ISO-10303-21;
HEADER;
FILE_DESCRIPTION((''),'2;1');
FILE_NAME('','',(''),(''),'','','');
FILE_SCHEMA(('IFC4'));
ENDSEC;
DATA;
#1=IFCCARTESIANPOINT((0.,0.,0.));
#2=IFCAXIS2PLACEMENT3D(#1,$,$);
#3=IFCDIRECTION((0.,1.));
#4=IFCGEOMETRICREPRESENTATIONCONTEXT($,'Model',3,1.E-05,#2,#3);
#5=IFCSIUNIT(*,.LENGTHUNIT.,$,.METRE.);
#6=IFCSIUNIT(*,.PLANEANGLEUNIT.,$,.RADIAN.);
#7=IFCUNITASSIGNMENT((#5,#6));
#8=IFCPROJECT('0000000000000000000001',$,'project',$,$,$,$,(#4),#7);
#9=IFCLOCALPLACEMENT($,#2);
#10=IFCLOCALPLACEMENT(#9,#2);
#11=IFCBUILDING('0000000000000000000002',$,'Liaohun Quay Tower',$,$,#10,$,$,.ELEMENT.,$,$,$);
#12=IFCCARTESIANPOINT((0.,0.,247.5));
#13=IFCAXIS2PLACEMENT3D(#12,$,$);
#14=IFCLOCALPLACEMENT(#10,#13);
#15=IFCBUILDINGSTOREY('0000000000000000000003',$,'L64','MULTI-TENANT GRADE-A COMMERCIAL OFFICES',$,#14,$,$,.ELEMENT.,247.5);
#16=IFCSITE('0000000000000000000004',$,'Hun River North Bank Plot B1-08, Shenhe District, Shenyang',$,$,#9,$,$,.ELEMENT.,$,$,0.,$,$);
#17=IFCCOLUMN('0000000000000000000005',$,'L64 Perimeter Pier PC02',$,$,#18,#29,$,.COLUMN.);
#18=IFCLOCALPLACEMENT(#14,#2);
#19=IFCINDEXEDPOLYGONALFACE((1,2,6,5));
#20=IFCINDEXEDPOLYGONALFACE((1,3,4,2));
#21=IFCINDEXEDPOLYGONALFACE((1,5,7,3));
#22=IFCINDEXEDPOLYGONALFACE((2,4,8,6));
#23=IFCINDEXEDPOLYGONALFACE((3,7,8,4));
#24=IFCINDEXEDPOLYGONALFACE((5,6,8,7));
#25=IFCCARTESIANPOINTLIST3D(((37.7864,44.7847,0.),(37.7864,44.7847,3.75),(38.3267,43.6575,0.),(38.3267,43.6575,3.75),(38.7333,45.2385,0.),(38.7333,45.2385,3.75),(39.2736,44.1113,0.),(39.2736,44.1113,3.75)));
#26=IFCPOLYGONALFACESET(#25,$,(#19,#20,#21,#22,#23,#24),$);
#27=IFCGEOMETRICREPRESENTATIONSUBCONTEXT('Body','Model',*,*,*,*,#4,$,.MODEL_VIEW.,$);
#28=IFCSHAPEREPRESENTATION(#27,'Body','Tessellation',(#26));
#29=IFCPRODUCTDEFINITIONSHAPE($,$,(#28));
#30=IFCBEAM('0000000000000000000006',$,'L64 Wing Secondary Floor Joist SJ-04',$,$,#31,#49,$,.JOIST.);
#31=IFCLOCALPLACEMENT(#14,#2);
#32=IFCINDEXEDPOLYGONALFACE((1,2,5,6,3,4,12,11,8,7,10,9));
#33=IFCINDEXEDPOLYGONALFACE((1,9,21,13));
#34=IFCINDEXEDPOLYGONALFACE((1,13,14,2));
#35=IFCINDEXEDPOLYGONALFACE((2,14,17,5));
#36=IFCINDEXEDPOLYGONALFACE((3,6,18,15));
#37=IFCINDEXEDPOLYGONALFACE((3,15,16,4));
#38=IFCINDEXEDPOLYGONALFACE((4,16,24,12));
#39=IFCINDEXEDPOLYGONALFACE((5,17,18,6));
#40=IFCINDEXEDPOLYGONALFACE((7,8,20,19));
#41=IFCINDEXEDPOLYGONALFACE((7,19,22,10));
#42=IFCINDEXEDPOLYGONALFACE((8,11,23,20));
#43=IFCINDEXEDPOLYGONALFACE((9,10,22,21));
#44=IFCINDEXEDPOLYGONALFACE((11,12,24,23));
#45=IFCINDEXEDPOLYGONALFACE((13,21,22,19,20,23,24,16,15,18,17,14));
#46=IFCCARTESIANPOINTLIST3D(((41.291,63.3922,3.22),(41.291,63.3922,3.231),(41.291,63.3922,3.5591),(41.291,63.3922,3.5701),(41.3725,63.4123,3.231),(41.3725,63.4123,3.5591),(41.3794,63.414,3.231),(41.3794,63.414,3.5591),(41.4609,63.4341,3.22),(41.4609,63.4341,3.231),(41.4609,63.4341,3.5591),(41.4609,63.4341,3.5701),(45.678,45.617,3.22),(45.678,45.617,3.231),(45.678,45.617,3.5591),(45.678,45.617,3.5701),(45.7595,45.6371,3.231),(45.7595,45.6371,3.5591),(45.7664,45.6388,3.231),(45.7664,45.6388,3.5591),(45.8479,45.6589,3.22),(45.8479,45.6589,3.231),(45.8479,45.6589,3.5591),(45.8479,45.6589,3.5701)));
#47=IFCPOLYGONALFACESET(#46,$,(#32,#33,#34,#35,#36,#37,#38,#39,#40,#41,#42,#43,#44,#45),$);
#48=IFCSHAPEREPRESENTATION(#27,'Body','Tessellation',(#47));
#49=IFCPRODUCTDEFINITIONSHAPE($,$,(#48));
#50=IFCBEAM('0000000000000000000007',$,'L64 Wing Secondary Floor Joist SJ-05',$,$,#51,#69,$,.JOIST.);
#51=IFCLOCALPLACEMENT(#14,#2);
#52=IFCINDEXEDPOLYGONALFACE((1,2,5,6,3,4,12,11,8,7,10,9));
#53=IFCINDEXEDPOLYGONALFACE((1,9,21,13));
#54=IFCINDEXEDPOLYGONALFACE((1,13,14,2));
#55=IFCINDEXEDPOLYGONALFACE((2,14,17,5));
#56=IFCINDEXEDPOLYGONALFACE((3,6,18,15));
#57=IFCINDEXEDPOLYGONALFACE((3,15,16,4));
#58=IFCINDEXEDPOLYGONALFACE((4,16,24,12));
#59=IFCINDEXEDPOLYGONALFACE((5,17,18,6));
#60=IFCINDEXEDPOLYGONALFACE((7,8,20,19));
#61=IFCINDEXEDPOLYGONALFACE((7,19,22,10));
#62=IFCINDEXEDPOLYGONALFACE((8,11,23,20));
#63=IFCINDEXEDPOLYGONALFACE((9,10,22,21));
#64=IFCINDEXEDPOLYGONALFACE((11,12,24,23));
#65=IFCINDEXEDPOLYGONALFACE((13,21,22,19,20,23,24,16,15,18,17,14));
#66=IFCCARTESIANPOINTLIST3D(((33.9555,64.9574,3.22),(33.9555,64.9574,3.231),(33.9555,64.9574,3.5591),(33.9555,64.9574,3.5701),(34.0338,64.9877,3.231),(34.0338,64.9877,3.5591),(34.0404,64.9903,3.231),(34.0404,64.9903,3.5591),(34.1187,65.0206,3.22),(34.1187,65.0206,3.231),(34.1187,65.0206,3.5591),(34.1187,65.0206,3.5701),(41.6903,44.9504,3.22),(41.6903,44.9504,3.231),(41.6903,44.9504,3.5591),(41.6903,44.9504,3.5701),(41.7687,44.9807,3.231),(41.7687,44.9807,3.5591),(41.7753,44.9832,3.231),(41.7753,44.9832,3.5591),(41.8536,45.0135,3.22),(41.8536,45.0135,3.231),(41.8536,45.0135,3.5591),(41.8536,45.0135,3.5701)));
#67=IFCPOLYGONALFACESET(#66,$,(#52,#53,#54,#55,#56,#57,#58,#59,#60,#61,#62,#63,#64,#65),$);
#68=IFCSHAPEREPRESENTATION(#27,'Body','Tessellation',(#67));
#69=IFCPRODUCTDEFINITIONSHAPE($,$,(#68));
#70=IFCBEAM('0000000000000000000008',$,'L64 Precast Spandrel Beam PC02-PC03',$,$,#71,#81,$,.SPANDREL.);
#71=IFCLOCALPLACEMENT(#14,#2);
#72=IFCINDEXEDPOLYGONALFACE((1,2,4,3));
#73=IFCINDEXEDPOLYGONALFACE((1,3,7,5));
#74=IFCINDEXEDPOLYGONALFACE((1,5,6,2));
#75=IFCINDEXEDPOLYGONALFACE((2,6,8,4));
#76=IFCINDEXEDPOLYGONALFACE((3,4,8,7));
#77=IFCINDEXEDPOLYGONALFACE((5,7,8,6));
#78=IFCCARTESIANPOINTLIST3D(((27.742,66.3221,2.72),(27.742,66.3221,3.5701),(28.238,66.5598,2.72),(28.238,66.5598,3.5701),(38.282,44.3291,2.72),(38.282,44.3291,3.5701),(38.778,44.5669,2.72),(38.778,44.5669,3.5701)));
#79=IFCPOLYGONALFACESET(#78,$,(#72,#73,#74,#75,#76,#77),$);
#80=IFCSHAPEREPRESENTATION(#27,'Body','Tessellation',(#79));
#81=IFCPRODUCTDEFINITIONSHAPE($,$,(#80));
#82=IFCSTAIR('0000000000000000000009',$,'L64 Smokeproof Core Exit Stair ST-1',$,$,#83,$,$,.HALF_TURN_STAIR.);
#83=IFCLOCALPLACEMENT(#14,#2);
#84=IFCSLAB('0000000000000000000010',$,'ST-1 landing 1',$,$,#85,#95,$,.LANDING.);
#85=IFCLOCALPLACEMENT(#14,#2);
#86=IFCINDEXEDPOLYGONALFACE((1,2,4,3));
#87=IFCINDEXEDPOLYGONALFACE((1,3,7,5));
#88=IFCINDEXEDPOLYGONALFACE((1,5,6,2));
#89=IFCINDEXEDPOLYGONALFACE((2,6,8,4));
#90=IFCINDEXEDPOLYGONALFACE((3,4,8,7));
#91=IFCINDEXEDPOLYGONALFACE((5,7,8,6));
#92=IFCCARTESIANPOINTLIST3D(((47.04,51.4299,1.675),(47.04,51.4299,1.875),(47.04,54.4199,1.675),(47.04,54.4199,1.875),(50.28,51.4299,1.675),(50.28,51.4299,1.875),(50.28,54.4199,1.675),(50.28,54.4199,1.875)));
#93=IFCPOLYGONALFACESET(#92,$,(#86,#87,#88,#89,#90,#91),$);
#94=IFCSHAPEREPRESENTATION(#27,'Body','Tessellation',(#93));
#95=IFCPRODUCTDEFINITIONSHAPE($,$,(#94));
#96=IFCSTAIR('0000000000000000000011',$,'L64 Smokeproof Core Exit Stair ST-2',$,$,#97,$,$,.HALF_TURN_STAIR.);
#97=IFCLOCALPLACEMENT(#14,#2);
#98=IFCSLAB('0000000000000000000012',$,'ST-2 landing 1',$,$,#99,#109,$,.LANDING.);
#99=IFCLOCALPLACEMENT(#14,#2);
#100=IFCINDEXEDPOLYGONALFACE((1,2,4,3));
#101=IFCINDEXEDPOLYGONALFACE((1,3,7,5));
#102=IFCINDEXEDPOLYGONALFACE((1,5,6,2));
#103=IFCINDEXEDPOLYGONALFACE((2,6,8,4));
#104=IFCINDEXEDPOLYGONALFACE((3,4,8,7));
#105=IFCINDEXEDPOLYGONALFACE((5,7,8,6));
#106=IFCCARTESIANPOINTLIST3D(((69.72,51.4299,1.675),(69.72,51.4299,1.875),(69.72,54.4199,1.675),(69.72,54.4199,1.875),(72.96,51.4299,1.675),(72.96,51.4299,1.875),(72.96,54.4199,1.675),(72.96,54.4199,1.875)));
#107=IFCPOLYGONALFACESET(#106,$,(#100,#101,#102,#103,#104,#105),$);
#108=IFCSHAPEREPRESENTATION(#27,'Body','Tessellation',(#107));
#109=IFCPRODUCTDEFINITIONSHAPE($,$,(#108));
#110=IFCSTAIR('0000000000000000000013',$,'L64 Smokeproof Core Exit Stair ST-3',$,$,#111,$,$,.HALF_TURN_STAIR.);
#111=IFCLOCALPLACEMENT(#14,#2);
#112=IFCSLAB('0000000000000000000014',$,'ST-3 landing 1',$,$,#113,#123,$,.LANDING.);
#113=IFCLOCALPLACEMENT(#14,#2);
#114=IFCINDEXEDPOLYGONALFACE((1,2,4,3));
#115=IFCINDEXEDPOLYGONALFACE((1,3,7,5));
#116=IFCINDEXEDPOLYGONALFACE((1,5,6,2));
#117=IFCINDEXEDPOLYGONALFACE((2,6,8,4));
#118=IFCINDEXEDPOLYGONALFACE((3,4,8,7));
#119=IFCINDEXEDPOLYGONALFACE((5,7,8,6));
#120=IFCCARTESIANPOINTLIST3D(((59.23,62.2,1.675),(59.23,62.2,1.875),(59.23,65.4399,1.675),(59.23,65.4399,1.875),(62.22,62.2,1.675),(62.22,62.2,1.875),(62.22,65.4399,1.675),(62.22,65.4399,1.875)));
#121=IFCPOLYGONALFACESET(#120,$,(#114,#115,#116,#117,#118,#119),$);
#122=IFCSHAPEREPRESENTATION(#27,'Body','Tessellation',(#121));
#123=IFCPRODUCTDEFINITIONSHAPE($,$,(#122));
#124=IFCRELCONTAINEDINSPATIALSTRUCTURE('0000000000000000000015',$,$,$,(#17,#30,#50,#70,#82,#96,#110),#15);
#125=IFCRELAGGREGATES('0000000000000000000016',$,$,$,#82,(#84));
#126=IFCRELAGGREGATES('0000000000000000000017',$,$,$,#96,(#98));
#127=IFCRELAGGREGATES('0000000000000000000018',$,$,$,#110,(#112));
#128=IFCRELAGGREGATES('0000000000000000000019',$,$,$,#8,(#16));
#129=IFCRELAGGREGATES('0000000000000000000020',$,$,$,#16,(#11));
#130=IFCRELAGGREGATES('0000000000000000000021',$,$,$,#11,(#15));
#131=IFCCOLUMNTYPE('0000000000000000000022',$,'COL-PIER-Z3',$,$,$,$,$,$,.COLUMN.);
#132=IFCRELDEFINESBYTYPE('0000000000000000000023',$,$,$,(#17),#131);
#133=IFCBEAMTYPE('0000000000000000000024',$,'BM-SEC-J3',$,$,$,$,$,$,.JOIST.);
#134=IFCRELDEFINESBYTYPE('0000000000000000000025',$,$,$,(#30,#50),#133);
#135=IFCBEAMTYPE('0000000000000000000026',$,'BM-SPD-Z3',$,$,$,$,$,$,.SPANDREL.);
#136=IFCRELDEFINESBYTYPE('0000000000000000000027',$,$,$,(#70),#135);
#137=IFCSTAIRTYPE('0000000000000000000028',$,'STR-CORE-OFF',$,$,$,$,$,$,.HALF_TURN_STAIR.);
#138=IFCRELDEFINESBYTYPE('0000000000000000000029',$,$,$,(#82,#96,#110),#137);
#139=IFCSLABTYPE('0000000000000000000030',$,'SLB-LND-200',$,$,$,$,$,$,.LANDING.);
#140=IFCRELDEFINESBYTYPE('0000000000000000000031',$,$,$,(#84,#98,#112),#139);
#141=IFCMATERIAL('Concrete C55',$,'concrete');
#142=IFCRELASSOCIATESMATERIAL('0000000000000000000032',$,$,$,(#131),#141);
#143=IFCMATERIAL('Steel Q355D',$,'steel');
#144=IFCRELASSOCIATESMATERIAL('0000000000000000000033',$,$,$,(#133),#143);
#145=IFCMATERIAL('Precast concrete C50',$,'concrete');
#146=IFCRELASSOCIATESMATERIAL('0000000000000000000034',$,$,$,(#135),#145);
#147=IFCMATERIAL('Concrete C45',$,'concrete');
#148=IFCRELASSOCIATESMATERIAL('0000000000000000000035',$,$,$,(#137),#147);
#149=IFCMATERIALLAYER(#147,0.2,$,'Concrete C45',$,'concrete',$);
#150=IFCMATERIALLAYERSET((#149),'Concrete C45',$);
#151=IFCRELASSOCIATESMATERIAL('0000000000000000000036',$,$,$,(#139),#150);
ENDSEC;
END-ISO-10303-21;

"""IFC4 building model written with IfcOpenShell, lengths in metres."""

from ifc_helpers import new_model, si_unit, direction, frame, origin, origin_2d, place, context, subcontext, project, spatial, polyline, rectangle, i_section, outline, extrude, source, transform, mapped, material, layer, layer_set, material_profile, profile_set, type_object, element, aggregate, save


model = new_model("IFC4")

# Units and contexts
model_context = context("Model", 3, precision=1e-05, world=origin(), true_north=direction((0.0, 1.0)))
body_context = subcontext(model_context, "Body", "Model", "MODEL_VIEW")
ifc_project = project(units=[si_unit("LENGTHUNIT", "METRE"), si_unit("PLANEANGLEUNIT", "RADIAN")], contexts=[model_context])

# Site, building, storey
site_placement = place(None, origin())
site = spatial("IfcSite", under=ifc_project, at=site_placement, Name="Hun River North Bank Plot B1-08, Shenhe District, Shenyang", CompositionType="ELEMENT", RefElevation=0.0)
building_placement = place(site_placement, origin())
building = spatial("IfcBuilding", under=site, at=building_placement, Name="Liaohun Quay Tower", CompositionType="ELEMENT")
storey_placement = place(building_placement, frame((0.0, 0.0, 247.5)))
storey = spatial("IfcBuildingStorey", under=building, at=storey_placement, Name="L64", Description="MULTI-TENANT GRADE-A COMMERCIAL OFFICES", CompositionType="ELEMENT", Elevation=247.5)

# Column
ifc_material_1 = material(Name="Concrete C55", Category="concrete")
ifc_material_profile_1 = material_profile(ifc_material_1, rectangle(XDim=1.25, YDim=1.05, at=origin_2d()), Name="RC1250x1050")
ifc_profile_set_1 = profile_set([ifc_material_profile_1], Name="Concrete C55")
column_type = type_object("IfcColumnType", Name="COL-PIER-Z3", PredefinedType="COLUMN", material=ifc_profile_set_1)
shared_shape_1 = source(origin(), body_context, "Body", "SweptSolid", [
    extrude(rectangle(XDim=1.25, YDim=1.05, at=origin_2d()), origin(), (0.0, 0.0, 1.0), 3.75),
])
column_placement = place(storey_placement, frame((38.53, 44.448, 0.0), z_axis=(0.0, 0.0, 1.0), x_axis=(-0.432243, 0.901757, 0.0)))
element("IfcColumn", 1, at=column_placement, inside=storey, type_object=column_type, Name="L64 Perimeter Pier PC02", PredefinedType="COLUMN", context=body_context, shape_type="MappedRepresentation", body=[
    mapped(shared_shape_1, transform((0.0, 0.0, 0.0), x_axis=(1.0, 0.0, 0.0), y_axis=(0.0, 1.0, 0.0), z_axis=(0.0, 0.0, 1.0), scale=1.0)),
])

# Beams
ifc_material_2 = material(Name="Steel Q355D", Category="steel")
ifc_material_profile_2 = material_profile(ifc_material_2, i_section(OverallWidth=0.175, OverallDepth=0.3501, WebThickness=0.0071, FlangeThickness=0.011, at=origin_2d()), Name="HN350x175x7x11")
ifc_profile_set_2 = profile_set([ifc_material_profile_2], Name="Steel Q355D")
beam_type_1 = type_object("IfcBeamType", Name="BM-SEC-J3", PredefinedType="JOIST", material=ifc_profile_set_2)
shared_shape_2 = source(origin(), body_context, "Body", "SweptSolid", [
    extrude(i_section(OverallWidth=0.175, OverallDepth=0.3501, WebThickness=0.0071, FlangeThickness=0.011, at=origin_2d()), origin(), (0.0, 0.0, 1.0), 18.3086),
])
beam_1_placement = place(storey_placement, frame((45.7629, 45.6379, 3.395), z_axis=(-0.239613, 0.970868, 0.0), x_axis=(-0.970868, -0.239613, 0.0)))
element("IfcBeam", 2, at=beam_1_placement, inside=storey, type_object=beam_type_1, Name="L64 Wing Secondary Floor Joist SJ-04", PredefinedType="JOIST", context=body_context, shape_type="MappedRepresentation", body=[
    mapped(shared_shape_2, transform((0.0, 0.0, 0.0), x_axis=(1.0, 0.0, 0.0), y_axis=(0.0, 1.0, 0.0), z_axis=(0.0, 0.0, 1.0), scale=1.0)),
])
shared_shape_3 = source(origin(), body_context, "Body", "SweptSolid", [
    extrude(i_section(OverallWidth=0.175, OverallDepth=0.3501, WebThickness=0.0071, FlangeThickness=0.011, at=origin_2d()), origin(), (0.0, 0.0, 1.0), 21.4502),
])
beam_2_placement = place(storey_placement, frame((41.772, 44.9819, 3.395), z_axis=(-0.360596, 0.932722, 0.0), x_axis=(-0.932722, -0.360596, 0.0)))
element("IfcBeam", 3, at=beam_2_placement, inside=storey, type_object=beam_type_1, Name="L64 Wing Secondary Floor Joist SJ-05", PredefinedType="JOIST", context=body_context, shape_type="MappedRepresentation", body=[
    mapped(shared_shape_3, transform((0.0, 0.0, 0.0), x_axis=(1.0, 0.0, 0.0), y_axis=(0.0, 1.0, 0.0), z_axis=(0.0, 0.0, 1.0), scale=1.0)),
])
ifc_material_3 = material(Name="Precast concrete C50", Category="concrete")
ifc_material_profile_3 = material_profile(ifc_material_3, rectangle(XDim=0.55, YDim=0.8501, at=origin_2d()), Name="RC550x850")
ifc_profile_set_3 = profile_set([ifc_material_profile_3], Name="Precast concrete C50")
beam_type_2 = type_object("IfcBeamType", Name="BM-SPD-Z3", PredefinedType="SPANDREL", material=ifc_profile_set_3)
shared_shape_4 = source(origin(), body_context, "Body", "SweptSolid", [
    extrude(rectangle(XDim=0.55, YDim=0.8501, at=origin_2d()), origin(), (0.0, 0.0, 1.0), 24.3882),
])
beam_3_placement = place(storey_placement, frame((38.53, 44.448, 3.145), z_axis=(-0.432179, 0.901788, 0.0), x_axis=(-0.901788, -0.432179, 0.0)))
element("IfcBeam", 4, at=beam_3_placement, inside=storey, type_object=beam_type_2, Name="L64 Precast Spandrel Beam PC02-PC03", PredefinedType="SPANDREL", context=body_context, shape_type="MappedRepresentation", body=[
    mapped(shared_shape_4, transform((0.0, 0.0, 0.0), x_axis=(1.0, 0.0, 0.0), y_axis=(0.0, 1.0, 0.0), z_axis=(0.0, 0.0, 1.0), scale=1.0)),
])

# Stairs, slabs
ifc_material_4 = material(Name="Concrete C45", Category="concrete")
stair_type = type_object("IfcStairType", Name="STR-CORE-OFF", PredefinedType="HALF_TURN_STAIR", material=ifc_material_4)
stair_1_placement = place(storey_placement, origin())
stair_1 = element("IfcStair", 5, at=stair_1_placement, inside=storey, type_object=stair_type, Name="L64 Smokeproof Core Exit Stair ST-1", PredefinedType="HALF_TURN_STAIR")
ifc_layer_1 = layer(ifc_material_4, 0.2, Name="Concrete C45", Category="concrete")
ifc_layer_set_1 = layer_set([ifc_layer_1], Name="Concrete C45")
slab_type_1 = type_object("IfcSlabType", Name="SLB-LND-200", PredefinedType="LANDING", material=ifc_layer_set_1)
slab_1_placement = place(storey_placement, frame((0.0, 0.0, 1.675)))
slab_1 = element("IfcSlab", 6, at=slab_1_placement, type_object=slab_type_1, Name="ST-1 landing 1", PredefinedType="LANDING", context=body_context, shape_type="SweptSolid", body=[
    extrude(outline(polyline([(50.28, 51.4299), (50.28, 54.4199), (47.04, 54.4199), (47.04, 51.4299), (50.28, 51.4299)])), origin(), (0.0, 0.0, 1.0), 0.2),
])
aggregate(stair_1, [slab_1])
stair_2_placement = place(storey_placement, origin())
stair_2 = element("IfcStair", 7, at=stair_2_placement, inside=storey, type_object=stair_type, Name="L64 Smokeproof Core Exit Stair ST-2", PredefinedType="HALF_TURN_STAIR")
slab_2_placement = place(storey_placement, frame((0.0, 0.0, 1.675)))
slab_2 = element("IfcSlab", 8, at=slab_2_placement, type_object=slab_type_1, Name="ST-2 landing 1", PredefinedType="LANDING", context=body_context, shape_type="SweptSolid", body=[
    extrude(outline(polyline([(72.96, 51.4299), (72.96, 54.4199), (69.72, 54.4199), (69.72, 51.4299), (72.96, 51.4299)])), origin(), (0.0, 0.0, 1.0), 0.2),
])
aggregate(stair_2, [slab_2])
stair_3_placement = place(storey_placement, origin())
stair_3 = element("IfcStair", 9, at=stair_3_placement, inside=storey, type_object=stair_type, Name="L64 Smokeproof Core Exit Stair ST-3", PredefinedType="HALF_TURN_STAIR")
slab_3_placement = place(storey_placement, frame((0.0, 0.0, 1.675)))
slab_3 = element("IfcSlab", 10, at=slab_3_placement, type_object=slab_type_1, Name="ST-3 landing 1", PredefinedType="LANDING", context=body_context, shape_type="SweptSolid", body=[
    extrude(outline(polyline([(59.23, 62.2), (62.22, 62.2), (62.22, 65.4399), (59.23, 65.4399), (59.23, 62.2)])), origin(), (0.0, 0.0, 1.0), 0.2),
])
aggregate(stair_3, [slab_3])

save(model, "model.ifc")
